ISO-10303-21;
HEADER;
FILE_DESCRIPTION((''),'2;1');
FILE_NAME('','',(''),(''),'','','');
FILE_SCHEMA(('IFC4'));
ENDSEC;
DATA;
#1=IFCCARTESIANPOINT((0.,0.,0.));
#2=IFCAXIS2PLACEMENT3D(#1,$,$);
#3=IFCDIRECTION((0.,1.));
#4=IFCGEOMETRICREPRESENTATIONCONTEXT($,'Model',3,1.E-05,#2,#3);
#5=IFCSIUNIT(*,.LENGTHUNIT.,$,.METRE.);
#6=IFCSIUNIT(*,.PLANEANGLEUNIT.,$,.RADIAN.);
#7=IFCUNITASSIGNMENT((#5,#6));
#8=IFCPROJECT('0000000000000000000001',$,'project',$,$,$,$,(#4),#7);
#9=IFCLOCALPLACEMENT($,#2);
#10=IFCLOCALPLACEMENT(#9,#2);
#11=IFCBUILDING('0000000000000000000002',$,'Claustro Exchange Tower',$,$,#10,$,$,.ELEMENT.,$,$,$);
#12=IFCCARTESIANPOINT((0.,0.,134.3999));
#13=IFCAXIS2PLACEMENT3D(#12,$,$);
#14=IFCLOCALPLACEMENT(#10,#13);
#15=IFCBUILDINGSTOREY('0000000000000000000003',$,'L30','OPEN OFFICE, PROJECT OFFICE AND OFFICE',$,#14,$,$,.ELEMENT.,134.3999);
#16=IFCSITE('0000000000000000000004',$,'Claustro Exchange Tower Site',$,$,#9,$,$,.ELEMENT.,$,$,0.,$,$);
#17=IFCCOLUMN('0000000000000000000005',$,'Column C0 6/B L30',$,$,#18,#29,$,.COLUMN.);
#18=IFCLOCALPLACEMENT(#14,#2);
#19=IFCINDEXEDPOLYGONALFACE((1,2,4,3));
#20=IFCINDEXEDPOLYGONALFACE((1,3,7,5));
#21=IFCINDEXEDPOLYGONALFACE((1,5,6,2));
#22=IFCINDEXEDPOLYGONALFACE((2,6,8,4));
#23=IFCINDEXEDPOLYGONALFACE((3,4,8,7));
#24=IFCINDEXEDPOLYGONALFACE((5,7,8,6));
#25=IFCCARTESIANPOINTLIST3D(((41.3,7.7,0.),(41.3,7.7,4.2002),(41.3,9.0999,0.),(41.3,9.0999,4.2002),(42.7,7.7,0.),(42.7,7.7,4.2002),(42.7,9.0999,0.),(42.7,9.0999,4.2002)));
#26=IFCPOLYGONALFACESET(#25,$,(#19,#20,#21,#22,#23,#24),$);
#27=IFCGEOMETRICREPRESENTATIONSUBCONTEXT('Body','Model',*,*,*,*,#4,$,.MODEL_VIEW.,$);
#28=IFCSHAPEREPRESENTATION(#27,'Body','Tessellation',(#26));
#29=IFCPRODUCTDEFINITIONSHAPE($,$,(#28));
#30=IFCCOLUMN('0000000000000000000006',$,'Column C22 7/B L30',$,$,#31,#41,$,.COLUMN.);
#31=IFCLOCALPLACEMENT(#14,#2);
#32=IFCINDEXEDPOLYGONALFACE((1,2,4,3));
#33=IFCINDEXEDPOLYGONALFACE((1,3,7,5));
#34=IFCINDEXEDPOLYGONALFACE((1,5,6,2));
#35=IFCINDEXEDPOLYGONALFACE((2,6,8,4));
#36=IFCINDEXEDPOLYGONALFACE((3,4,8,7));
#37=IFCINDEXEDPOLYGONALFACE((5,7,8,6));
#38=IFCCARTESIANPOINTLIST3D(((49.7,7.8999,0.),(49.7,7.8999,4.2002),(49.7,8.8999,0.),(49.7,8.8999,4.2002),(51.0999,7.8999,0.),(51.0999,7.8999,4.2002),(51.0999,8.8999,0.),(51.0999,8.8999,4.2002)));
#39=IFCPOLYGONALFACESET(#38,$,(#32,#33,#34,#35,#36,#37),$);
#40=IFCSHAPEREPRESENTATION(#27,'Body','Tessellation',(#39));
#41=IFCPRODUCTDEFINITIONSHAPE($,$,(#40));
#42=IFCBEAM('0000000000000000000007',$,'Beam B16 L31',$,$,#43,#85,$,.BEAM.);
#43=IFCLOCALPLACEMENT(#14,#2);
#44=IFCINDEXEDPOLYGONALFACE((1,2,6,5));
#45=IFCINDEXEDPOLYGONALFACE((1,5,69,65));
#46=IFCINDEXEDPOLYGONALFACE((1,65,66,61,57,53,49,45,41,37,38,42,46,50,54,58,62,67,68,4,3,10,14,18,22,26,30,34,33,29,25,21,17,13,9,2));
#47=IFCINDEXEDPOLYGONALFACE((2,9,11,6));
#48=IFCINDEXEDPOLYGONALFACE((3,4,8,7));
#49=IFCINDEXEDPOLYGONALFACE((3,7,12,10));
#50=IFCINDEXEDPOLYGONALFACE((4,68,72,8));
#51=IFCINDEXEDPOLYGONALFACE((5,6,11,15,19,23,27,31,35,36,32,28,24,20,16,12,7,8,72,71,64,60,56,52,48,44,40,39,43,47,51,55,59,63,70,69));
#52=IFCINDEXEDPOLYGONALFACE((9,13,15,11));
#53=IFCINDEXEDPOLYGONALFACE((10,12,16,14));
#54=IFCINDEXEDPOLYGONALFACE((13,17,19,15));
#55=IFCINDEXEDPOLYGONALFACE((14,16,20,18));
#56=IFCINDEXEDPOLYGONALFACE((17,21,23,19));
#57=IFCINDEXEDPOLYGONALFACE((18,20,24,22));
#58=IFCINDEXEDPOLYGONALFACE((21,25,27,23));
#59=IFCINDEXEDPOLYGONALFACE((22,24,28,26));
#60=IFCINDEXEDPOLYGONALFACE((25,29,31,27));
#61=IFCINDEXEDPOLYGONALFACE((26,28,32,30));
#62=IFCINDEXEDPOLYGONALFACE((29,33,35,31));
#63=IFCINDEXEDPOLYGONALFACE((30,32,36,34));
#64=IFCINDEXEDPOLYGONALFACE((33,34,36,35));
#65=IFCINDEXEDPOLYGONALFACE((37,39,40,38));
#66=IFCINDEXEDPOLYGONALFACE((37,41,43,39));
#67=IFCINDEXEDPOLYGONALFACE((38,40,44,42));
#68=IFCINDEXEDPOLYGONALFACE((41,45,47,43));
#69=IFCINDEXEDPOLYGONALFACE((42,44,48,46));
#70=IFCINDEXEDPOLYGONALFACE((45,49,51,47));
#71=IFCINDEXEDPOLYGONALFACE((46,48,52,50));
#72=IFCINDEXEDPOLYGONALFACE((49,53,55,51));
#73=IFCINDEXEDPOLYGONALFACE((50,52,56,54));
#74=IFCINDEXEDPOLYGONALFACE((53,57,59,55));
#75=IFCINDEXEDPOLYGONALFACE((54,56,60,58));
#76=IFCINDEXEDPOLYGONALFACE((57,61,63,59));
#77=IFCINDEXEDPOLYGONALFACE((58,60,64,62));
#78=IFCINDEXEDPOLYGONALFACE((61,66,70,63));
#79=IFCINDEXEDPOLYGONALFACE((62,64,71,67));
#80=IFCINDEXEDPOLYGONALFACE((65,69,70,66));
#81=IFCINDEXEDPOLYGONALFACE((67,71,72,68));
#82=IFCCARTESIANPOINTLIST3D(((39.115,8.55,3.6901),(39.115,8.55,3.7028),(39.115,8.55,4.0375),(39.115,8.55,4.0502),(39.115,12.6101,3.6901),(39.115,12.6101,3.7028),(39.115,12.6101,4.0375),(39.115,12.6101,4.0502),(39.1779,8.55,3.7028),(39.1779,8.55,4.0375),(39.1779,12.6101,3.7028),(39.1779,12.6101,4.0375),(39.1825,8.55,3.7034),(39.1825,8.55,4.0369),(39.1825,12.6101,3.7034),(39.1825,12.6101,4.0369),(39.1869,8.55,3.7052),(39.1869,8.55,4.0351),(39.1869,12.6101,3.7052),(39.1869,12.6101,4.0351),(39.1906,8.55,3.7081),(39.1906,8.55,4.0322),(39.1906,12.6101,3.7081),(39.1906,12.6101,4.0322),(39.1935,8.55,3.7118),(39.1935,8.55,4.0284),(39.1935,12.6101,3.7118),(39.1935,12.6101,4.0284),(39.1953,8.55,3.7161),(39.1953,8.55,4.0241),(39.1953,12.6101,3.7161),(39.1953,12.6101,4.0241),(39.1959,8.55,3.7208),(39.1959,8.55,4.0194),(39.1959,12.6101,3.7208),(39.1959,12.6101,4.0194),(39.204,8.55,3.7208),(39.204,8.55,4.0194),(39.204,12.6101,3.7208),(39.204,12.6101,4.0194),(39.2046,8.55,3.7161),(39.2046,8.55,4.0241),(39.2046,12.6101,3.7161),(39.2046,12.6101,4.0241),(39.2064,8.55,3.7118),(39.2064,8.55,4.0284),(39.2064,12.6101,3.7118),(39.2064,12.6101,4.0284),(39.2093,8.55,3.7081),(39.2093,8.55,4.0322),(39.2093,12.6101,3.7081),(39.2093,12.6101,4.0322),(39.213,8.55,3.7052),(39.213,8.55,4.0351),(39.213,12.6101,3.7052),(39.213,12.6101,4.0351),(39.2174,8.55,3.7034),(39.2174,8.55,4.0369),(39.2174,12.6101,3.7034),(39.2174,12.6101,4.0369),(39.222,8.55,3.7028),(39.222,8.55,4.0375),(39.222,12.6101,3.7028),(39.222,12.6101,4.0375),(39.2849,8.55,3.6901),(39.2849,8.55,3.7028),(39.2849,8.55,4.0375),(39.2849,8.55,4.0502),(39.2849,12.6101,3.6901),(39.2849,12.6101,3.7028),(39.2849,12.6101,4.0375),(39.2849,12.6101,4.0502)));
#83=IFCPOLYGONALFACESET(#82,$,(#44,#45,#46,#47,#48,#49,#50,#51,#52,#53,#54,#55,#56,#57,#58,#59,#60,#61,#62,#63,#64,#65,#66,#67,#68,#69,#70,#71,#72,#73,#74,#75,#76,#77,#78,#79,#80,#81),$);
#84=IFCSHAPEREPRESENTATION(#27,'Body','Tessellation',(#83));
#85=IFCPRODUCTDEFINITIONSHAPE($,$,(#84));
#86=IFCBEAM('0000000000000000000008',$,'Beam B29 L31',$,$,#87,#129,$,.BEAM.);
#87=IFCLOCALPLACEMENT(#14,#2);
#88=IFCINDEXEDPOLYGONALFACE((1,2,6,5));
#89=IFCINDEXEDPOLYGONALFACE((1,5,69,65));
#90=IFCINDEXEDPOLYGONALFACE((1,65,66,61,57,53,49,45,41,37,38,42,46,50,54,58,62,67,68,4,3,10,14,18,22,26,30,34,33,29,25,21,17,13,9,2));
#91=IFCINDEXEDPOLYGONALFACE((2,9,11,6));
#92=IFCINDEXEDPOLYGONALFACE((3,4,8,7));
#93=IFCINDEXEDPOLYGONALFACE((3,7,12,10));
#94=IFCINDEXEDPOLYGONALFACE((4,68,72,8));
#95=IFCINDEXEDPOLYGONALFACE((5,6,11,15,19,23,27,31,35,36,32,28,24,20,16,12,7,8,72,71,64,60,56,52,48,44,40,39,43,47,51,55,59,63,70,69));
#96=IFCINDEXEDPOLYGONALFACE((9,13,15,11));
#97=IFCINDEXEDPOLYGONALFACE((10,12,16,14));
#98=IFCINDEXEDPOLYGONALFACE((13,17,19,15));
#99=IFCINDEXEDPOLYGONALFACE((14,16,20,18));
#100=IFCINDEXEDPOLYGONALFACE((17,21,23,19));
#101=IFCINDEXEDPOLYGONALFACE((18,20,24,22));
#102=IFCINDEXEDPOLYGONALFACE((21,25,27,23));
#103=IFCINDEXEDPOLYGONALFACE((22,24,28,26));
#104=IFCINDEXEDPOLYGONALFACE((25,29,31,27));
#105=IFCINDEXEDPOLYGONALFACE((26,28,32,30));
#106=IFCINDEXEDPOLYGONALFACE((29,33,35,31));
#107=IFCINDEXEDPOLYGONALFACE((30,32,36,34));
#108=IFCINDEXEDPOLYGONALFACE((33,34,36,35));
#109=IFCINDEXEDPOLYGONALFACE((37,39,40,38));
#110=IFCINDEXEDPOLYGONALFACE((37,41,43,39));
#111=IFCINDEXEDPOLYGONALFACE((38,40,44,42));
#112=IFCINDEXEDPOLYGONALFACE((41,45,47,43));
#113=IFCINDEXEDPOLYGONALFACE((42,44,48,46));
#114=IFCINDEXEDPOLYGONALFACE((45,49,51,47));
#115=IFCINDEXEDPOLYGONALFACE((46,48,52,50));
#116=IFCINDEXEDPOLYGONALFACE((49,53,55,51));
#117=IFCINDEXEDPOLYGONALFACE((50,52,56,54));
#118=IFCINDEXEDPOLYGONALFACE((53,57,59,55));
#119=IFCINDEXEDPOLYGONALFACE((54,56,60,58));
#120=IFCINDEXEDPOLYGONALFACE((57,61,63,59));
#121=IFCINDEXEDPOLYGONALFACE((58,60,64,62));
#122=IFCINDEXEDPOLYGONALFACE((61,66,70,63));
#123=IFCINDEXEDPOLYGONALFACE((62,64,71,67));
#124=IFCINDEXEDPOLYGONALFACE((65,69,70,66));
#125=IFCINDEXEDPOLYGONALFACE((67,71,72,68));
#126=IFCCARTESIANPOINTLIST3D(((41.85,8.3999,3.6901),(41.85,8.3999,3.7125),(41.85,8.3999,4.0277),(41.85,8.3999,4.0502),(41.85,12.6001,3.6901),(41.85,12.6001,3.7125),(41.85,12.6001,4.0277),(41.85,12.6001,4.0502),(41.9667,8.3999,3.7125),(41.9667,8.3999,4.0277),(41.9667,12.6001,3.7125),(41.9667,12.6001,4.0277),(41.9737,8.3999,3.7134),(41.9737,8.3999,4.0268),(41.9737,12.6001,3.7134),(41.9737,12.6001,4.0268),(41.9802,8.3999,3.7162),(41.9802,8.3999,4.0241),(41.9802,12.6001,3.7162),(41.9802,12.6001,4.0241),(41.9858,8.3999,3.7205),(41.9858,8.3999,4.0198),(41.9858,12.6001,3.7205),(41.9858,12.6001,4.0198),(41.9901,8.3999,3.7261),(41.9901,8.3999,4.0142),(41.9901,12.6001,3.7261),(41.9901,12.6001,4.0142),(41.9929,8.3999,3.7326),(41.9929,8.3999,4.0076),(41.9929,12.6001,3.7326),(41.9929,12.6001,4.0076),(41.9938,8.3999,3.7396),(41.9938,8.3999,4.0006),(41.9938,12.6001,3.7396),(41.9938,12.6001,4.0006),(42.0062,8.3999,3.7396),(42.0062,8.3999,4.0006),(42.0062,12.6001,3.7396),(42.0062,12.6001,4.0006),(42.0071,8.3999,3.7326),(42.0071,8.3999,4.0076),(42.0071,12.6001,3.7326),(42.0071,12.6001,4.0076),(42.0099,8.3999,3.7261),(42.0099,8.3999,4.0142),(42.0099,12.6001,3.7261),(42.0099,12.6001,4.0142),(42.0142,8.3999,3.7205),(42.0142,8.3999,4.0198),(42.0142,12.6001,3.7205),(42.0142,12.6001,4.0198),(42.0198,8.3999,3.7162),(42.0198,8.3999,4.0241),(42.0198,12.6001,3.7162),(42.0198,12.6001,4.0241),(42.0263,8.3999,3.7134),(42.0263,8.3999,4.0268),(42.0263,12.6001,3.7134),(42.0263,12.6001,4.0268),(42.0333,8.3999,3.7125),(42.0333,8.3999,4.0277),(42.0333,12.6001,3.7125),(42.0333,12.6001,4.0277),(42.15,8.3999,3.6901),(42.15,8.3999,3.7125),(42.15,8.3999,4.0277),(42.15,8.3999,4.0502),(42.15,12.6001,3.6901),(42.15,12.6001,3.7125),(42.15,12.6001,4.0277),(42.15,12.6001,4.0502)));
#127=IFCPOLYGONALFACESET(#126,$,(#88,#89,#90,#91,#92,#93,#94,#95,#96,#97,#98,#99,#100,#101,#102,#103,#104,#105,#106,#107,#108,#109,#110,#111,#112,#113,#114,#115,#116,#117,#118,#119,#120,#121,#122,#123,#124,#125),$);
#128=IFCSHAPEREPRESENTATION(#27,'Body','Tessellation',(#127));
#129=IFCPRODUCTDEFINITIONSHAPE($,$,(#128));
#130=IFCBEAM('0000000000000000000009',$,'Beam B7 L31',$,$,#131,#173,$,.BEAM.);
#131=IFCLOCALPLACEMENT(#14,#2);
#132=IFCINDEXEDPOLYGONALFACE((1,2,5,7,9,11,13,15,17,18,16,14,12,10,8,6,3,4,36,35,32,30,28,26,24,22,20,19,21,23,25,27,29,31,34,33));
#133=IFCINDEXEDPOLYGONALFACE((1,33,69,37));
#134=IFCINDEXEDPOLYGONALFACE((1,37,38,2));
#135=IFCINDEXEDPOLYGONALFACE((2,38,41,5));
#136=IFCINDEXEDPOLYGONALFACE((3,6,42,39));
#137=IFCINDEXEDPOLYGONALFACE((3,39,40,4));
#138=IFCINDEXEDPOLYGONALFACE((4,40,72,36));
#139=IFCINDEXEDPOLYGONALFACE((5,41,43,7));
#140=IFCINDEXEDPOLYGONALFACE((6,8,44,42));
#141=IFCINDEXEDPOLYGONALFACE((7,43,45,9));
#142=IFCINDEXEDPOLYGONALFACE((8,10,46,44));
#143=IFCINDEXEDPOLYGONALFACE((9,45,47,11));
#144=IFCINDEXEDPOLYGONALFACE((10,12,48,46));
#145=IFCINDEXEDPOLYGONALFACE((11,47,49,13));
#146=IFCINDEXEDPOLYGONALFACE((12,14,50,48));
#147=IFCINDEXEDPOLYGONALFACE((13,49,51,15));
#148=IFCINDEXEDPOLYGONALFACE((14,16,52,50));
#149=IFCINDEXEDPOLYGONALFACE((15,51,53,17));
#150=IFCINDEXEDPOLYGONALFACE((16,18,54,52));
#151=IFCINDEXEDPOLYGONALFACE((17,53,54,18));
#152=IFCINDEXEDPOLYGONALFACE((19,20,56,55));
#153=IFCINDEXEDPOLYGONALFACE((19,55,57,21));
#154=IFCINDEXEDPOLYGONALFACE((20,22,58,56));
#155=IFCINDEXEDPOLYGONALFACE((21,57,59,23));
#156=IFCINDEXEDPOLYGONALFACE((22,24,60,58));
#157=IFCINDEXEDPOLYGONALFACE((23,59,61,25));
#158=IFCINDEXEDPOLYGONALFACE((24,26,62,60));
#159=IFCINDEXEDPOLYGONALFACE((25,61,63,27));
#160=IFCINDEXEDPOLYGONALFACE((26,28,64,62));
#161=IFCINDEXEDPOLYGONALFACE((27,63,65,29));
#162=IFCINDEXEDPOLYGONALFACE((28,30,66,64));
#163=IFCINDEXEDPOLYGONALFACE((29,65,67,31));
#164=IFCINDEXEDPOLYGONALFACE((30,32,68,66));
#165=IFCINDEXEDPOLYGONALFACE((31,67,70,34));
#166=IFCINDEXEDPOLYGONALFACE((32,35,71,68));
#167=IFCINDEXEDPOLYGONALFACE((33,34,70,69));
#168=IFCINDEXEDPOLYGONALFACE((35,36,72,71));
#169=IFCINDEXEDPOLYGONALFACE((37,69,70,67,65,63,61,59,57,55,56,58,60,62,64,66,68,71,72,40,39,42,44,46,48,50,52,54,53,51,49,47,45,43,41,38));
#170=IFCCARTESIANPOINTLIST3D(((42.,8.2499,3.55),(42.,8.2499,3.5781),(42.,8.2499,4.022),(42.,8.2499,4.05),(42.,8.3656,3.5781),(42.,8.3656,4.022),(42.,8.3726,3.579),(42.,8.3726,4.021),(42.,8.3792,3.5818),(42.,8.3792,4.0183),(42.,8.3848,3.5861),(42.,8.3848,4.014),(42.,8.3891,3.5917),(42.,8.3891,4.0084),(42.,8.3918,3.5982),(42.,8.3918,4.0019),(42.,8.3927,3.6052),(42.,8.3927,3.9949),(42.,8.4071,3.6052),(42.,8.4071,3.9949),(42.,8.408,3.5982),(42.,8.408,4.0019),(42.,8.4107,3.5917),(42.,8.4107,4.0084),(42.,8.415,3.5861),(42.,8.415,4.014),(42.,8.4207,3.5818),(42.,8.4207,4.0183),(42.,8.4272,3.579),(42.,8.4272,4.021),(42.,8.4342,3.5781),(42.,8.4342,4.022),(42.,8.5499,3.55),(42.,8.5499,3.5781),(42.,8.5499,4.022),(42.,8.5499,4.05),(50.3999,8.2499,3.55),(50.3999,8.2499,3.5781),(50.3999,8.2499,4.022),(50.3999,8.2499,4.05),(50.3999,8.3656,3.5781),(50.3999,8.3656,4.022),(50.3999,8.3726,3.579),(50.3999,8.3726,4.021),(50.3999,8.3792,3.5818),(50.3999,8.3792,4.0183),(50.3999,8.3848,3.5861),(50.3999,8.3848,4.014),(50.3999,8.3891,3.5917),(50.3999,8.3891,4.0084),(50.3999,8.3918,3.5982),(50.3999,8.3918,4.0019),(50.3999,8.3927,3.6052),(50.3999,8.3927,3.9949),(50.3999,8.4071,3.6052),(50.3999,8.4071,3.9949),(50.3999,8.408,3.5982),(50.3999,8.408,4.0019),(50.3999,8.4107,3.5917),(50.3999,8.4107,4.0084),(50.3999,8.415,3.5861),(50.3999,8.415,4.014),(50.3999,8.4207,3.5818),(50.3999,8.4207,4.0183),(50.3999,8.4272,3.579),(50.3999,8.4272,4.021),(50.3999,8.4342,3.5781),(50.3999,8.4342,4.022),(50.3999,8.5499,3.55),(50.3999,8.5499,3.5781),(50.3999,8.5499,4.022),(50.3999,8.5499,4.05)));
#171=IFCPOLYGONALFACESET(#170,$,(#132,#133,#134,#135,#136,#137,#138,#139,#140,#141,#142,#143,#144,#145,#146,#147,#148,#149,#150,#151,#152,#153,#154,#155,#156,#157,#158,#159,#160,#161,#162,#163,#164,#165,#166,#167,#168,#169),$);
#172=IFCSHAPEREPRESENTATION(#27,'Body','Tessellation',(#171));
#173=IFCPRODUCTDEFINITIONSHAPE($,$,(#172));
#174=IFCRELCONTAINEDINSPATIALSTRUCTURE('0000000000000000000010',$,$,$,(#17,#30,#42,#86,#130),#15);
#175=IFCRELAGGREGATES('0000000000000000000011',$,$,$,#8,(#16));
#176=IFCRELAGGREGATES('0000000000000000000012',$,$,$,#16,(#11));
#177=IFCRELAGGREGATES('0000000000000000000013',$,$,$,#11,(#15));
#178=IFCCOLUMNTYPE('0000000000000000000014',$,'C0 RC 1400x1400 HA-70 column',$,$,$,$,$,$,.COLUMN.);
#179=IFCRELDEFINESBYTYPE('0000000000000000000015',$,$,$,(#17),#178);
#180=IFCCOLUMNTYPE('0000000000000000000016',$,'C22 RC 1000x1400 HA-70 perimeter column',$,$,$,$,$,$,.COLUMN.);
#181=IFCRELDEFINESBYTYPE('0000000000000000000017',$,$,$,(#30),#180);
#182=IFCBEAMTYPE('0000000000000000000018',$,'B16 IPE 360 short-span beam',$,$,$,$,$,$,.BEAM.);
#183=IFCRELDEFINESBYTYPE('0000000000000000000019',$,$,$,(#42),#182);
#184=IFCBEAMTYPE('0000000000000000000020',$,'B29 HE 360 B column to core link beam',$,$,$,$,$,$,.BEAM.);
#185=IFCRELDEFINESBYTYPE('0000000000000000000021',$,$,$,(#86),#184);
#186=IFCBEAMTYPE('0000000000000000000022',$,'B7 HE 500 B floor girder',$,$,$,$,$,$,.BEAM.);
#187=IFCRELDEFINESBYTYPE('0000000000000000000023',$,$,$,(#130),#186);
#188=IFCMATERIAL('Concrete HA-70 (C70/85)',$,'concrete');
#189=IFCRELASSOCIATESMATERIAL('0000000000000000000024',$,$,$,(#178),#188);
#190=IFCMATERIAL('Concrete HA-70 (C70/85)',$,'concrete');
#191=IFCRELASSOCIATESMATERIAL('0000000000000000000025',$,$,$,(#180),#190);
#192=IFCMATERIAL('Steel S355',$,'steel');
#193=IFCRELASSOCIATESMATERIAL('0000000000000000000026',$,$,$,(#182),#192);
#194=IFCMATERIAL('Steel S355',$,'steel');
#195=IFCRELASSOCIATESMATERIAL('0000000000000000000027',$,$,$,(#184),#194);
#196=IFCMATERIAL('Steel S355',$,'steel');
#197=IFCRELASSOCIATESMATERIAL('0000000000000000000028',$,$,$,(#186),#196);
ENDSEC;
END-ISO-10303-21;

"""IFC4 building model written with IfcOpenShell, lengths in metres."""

from ifc_helpers import new_model, si_unit, direction, frame, origin, origin_2d, place, context, subcontext, project, spatial, rectangle, i_section, extrude, material, material_profile, profile_set, type_object, element, save


model = new_model("IFC4")

# Units and contexts
model_context = context("Model", 3, precision=1e-05, world=origin(), true_north=direction((0.0, 1.0)))
body_context = subcontext(model_context, "Body", "Model", "MODEL_VIEW")
ifc_project = project(units=[si_unit("LENGTHUNIT", "METRE"), si_unit("PLANEANGLEUNIT", "RADIAN")], contexts=[model_context])

# Site, building, storey
site_placement = place(None, origin())
site = spatial("IfcSite", under=ifc_project, at=site_placement, Name="Claustro Exchange Tower Site", CompositionType="ELEMENT", RefElevation=0.0)
building_placement = place(site_placement, origin())
building = spatial("IfcBuilding", under=site, at=building_placement, Name="Claustro Exchange Tower", CompositionType="ELEMENT")
storey_placement = place(building_placement, frame((0.0, 0.0, 134.3999)))
storey = spatial("IfcBuildingStorey", under=building, at=storey_placement, Name="L30", Description="OPEN OFFICE, PROJECT OFFICE AND OFFICE", CompositionType="ELEMENT", Elevation=134.3999)

# Columns
ifc_material_1 = material(Name="Concrete HA-70 (C70/85)", Category="concrete")
ifc_material_profile_1 = material_profile(ifc_material_1, rectangle(XDim=1.3999, YDim=1.3999, at=origin_2d()), Name="RC 1400x1400")
ifc_profile_set_1 = profile_set([ifc_material_profile_1], Name="Concrete HA-70 (C70/85)")
column_type_1 = type_object("IfcColumnType", Name="C0 RC 1400x1400 HA-70 column", PredefinedType="COLUMN", material=ifc_profile_set_1)
column_1_placement = place(storey_placement, frame((42.0, 8.3999, 0.0), z_axis=(0.0, 0.0, 1.0), x_axis=(1.0, 0.0, 0.0)))
element("IfcColumn", 1, at=column_1_placement, inside=storey, type_object=column_type_1, Name="Column C0 6/B L30", PredefinedType="COLUMN", context=body_context, shape_type="SweptSolid", body=[
    extrude(rectangle(XDim=1.3999, YDim=1.3999, at=origin_2d()), origin(), (0.0, 0.0, 1.0), 4.2002),
])
ifc_material_2 = material(Name="Concrete HA-70 (C70/85)", Category="concrete")
ifc_material_profile_2 = material_profile(ifc_material_2, rectangle(XDim=1.0, YDim=1.3999, at=origin_2d()), Name="RC 1000x1400")
ifc_profile_set_2 = profile_set([ifc_material_profile_2], Name="Concrete HA-70 (C70/85)")
column_type_2 = type_object("IfcColumnType", Name="C22 RC 1000x1400 HA-70 perimeter column", PredefinedType="COLUMN", material=ifc_profile_set_2)
column_2_placement = place(storey_placement, frame((50.3999, 8.3999, 0.0), z_axis=(0.0, 0.0, 1.0), x_axis=(0.0, 1.0, 0.0)))
element("IfcColumn", 2, at=column_2_placement, inside=storey, type_object=column_type_2, Name="Column C22 7/B L30", PredefinedType="COLUMN", context=body_context, shape_type="SweptSolid", body=[
    extrude(rectangle(XDim=1.0, YDim=1.3999, at=origin_2d()), origin(), (0.0, 0.0, 1.0), 4.2002),
])

# Beams
ifc_material_3 = material(Name="Steel S355", Category="steel")
ifc_material_profile_3 = material_profile(ifc_material_3, i_section(OverallWidth=0.1699, OverallDepth=0.3601, WebThickness=0.0081, FlangeThickness=0.0127, FilletRadius=0.0181, at=origin_2d()), Name="IPE 360")
ifc_profile_set_3 = profile_set([ifc_material_profile_3], Name="Steel S355")
beam_type_1 = type_object("IfcBeamType", Name="B16 IPE 360 short-span beam", PredefinedType="BEAM", material=ifc_profile_set_3)
beam_1_placement = place(storey_placement, frame((39.2, 8.55, 3.8701), z_axis=(0.0, 1.0, 0.0), x_axis=(-1.0, 0.0, 0.0)))
element("IfcBeam", 3, at=beam_1_placement, inside=storey, type_object=beam_type_1, Name="Beam B16 L31", PredefinedType="BEAM", context=body_context, shape_type="SweptSolid", body=[
    extrude(i_section(OverallWidth=0.1699, OverallDepth=0.3601, WebThickness=0.0081, FlangeThickness=0.0127, FilletRadius=0.0181, at=origin_2d()), origin(), (0.0, 0.0, 1.0), 4.0601),
])
ifc_material_4 = material(Name="Steel S355", Category="steel")
ifc_material_profile_4 = material_profile(ifc_material_4, i_section(OverallWidth=0.3, OverallDepth=0.3601, WebThickness=0.0125, FlangeThickness=0.0225, FilletRadius=0.0271, at=origin_2d()), Name="HE 360 B")
ifc_profile_set_4 = profile_set([ifc_material_profile_4], Name="Steel S355")
beam_type_2 = type_object("IfcBeamType", Name="B29 HE 360 B column to core link beam", PredefinedType="BEAM", material=ifc_profile_set_4)
beam_2_placement = place(storey_placement, frame((42.0, 8.3999, 3.8701), z_axis=(0.0, 1.0, 0.0), x_axis=(-1.0, 0.0, 0.0)))
element("IfcBeam", 4, at=beam_2_placement, inside=storey, type_object=beam_type_2, Name="Beam B29 L31", PredefinedType="BEAM", context=body_context, shape_type="SweptSolid", body=[
    extrude(i_section(OverallWidth=0.3, OverallDepth=0.3601, WebThickness=0.0125, FlangeThickness=0.0225, FilletRadius=0.0271, at=origin_2d()), origin(), (0.0, 0.0, 1.0), 4.2002),
])
ifc_material_5 = material(Name="Steel S355", Category="steel")
ifc_material_profile_5 = material_profile(ifc_material_5, i_section(OverallWidth=0.3, OverallDepth=0.5, WebThickness=0.0144, FlangeThickness=0.0281, FilletRadius=0.0271, at=origin_2d()), Name="HE 500 B")
ifc_profile_set_5 = profile_set([ifc_material_profile_5], Name="Steel S355")
beam_type_3 = type_object("IfcBeamType", Name="B7 HE 500 B floor girder", PredefinedType="BEAM", material=ifc_profile_set_5)
beam_3_placement = place(storey_placement, frame((42.0, 8.3999, 3.8), z_axis=(1.0, 0.0, 0.0), x_axis=(0.0, 1.0, 0.0)))
element("IfcBeam", 5, at=beam_3_placement, inside=storey, type_object=beam_type_3, Name="Beam B7 L31", PredefinedType="BEAM", context=body_context, shape_type="SweptSolid", body=[
    extrude(i_section(OverallWidth=0.3, OverallDepth=0.5, WebThickness=0.0144, FlangeThickness=0.0281, FilletRadius=0.0271, at=origin_2d()), origin(), (0.0, 0.0, 1.0), 8.3999),
])

save(model, "model.ifc")
